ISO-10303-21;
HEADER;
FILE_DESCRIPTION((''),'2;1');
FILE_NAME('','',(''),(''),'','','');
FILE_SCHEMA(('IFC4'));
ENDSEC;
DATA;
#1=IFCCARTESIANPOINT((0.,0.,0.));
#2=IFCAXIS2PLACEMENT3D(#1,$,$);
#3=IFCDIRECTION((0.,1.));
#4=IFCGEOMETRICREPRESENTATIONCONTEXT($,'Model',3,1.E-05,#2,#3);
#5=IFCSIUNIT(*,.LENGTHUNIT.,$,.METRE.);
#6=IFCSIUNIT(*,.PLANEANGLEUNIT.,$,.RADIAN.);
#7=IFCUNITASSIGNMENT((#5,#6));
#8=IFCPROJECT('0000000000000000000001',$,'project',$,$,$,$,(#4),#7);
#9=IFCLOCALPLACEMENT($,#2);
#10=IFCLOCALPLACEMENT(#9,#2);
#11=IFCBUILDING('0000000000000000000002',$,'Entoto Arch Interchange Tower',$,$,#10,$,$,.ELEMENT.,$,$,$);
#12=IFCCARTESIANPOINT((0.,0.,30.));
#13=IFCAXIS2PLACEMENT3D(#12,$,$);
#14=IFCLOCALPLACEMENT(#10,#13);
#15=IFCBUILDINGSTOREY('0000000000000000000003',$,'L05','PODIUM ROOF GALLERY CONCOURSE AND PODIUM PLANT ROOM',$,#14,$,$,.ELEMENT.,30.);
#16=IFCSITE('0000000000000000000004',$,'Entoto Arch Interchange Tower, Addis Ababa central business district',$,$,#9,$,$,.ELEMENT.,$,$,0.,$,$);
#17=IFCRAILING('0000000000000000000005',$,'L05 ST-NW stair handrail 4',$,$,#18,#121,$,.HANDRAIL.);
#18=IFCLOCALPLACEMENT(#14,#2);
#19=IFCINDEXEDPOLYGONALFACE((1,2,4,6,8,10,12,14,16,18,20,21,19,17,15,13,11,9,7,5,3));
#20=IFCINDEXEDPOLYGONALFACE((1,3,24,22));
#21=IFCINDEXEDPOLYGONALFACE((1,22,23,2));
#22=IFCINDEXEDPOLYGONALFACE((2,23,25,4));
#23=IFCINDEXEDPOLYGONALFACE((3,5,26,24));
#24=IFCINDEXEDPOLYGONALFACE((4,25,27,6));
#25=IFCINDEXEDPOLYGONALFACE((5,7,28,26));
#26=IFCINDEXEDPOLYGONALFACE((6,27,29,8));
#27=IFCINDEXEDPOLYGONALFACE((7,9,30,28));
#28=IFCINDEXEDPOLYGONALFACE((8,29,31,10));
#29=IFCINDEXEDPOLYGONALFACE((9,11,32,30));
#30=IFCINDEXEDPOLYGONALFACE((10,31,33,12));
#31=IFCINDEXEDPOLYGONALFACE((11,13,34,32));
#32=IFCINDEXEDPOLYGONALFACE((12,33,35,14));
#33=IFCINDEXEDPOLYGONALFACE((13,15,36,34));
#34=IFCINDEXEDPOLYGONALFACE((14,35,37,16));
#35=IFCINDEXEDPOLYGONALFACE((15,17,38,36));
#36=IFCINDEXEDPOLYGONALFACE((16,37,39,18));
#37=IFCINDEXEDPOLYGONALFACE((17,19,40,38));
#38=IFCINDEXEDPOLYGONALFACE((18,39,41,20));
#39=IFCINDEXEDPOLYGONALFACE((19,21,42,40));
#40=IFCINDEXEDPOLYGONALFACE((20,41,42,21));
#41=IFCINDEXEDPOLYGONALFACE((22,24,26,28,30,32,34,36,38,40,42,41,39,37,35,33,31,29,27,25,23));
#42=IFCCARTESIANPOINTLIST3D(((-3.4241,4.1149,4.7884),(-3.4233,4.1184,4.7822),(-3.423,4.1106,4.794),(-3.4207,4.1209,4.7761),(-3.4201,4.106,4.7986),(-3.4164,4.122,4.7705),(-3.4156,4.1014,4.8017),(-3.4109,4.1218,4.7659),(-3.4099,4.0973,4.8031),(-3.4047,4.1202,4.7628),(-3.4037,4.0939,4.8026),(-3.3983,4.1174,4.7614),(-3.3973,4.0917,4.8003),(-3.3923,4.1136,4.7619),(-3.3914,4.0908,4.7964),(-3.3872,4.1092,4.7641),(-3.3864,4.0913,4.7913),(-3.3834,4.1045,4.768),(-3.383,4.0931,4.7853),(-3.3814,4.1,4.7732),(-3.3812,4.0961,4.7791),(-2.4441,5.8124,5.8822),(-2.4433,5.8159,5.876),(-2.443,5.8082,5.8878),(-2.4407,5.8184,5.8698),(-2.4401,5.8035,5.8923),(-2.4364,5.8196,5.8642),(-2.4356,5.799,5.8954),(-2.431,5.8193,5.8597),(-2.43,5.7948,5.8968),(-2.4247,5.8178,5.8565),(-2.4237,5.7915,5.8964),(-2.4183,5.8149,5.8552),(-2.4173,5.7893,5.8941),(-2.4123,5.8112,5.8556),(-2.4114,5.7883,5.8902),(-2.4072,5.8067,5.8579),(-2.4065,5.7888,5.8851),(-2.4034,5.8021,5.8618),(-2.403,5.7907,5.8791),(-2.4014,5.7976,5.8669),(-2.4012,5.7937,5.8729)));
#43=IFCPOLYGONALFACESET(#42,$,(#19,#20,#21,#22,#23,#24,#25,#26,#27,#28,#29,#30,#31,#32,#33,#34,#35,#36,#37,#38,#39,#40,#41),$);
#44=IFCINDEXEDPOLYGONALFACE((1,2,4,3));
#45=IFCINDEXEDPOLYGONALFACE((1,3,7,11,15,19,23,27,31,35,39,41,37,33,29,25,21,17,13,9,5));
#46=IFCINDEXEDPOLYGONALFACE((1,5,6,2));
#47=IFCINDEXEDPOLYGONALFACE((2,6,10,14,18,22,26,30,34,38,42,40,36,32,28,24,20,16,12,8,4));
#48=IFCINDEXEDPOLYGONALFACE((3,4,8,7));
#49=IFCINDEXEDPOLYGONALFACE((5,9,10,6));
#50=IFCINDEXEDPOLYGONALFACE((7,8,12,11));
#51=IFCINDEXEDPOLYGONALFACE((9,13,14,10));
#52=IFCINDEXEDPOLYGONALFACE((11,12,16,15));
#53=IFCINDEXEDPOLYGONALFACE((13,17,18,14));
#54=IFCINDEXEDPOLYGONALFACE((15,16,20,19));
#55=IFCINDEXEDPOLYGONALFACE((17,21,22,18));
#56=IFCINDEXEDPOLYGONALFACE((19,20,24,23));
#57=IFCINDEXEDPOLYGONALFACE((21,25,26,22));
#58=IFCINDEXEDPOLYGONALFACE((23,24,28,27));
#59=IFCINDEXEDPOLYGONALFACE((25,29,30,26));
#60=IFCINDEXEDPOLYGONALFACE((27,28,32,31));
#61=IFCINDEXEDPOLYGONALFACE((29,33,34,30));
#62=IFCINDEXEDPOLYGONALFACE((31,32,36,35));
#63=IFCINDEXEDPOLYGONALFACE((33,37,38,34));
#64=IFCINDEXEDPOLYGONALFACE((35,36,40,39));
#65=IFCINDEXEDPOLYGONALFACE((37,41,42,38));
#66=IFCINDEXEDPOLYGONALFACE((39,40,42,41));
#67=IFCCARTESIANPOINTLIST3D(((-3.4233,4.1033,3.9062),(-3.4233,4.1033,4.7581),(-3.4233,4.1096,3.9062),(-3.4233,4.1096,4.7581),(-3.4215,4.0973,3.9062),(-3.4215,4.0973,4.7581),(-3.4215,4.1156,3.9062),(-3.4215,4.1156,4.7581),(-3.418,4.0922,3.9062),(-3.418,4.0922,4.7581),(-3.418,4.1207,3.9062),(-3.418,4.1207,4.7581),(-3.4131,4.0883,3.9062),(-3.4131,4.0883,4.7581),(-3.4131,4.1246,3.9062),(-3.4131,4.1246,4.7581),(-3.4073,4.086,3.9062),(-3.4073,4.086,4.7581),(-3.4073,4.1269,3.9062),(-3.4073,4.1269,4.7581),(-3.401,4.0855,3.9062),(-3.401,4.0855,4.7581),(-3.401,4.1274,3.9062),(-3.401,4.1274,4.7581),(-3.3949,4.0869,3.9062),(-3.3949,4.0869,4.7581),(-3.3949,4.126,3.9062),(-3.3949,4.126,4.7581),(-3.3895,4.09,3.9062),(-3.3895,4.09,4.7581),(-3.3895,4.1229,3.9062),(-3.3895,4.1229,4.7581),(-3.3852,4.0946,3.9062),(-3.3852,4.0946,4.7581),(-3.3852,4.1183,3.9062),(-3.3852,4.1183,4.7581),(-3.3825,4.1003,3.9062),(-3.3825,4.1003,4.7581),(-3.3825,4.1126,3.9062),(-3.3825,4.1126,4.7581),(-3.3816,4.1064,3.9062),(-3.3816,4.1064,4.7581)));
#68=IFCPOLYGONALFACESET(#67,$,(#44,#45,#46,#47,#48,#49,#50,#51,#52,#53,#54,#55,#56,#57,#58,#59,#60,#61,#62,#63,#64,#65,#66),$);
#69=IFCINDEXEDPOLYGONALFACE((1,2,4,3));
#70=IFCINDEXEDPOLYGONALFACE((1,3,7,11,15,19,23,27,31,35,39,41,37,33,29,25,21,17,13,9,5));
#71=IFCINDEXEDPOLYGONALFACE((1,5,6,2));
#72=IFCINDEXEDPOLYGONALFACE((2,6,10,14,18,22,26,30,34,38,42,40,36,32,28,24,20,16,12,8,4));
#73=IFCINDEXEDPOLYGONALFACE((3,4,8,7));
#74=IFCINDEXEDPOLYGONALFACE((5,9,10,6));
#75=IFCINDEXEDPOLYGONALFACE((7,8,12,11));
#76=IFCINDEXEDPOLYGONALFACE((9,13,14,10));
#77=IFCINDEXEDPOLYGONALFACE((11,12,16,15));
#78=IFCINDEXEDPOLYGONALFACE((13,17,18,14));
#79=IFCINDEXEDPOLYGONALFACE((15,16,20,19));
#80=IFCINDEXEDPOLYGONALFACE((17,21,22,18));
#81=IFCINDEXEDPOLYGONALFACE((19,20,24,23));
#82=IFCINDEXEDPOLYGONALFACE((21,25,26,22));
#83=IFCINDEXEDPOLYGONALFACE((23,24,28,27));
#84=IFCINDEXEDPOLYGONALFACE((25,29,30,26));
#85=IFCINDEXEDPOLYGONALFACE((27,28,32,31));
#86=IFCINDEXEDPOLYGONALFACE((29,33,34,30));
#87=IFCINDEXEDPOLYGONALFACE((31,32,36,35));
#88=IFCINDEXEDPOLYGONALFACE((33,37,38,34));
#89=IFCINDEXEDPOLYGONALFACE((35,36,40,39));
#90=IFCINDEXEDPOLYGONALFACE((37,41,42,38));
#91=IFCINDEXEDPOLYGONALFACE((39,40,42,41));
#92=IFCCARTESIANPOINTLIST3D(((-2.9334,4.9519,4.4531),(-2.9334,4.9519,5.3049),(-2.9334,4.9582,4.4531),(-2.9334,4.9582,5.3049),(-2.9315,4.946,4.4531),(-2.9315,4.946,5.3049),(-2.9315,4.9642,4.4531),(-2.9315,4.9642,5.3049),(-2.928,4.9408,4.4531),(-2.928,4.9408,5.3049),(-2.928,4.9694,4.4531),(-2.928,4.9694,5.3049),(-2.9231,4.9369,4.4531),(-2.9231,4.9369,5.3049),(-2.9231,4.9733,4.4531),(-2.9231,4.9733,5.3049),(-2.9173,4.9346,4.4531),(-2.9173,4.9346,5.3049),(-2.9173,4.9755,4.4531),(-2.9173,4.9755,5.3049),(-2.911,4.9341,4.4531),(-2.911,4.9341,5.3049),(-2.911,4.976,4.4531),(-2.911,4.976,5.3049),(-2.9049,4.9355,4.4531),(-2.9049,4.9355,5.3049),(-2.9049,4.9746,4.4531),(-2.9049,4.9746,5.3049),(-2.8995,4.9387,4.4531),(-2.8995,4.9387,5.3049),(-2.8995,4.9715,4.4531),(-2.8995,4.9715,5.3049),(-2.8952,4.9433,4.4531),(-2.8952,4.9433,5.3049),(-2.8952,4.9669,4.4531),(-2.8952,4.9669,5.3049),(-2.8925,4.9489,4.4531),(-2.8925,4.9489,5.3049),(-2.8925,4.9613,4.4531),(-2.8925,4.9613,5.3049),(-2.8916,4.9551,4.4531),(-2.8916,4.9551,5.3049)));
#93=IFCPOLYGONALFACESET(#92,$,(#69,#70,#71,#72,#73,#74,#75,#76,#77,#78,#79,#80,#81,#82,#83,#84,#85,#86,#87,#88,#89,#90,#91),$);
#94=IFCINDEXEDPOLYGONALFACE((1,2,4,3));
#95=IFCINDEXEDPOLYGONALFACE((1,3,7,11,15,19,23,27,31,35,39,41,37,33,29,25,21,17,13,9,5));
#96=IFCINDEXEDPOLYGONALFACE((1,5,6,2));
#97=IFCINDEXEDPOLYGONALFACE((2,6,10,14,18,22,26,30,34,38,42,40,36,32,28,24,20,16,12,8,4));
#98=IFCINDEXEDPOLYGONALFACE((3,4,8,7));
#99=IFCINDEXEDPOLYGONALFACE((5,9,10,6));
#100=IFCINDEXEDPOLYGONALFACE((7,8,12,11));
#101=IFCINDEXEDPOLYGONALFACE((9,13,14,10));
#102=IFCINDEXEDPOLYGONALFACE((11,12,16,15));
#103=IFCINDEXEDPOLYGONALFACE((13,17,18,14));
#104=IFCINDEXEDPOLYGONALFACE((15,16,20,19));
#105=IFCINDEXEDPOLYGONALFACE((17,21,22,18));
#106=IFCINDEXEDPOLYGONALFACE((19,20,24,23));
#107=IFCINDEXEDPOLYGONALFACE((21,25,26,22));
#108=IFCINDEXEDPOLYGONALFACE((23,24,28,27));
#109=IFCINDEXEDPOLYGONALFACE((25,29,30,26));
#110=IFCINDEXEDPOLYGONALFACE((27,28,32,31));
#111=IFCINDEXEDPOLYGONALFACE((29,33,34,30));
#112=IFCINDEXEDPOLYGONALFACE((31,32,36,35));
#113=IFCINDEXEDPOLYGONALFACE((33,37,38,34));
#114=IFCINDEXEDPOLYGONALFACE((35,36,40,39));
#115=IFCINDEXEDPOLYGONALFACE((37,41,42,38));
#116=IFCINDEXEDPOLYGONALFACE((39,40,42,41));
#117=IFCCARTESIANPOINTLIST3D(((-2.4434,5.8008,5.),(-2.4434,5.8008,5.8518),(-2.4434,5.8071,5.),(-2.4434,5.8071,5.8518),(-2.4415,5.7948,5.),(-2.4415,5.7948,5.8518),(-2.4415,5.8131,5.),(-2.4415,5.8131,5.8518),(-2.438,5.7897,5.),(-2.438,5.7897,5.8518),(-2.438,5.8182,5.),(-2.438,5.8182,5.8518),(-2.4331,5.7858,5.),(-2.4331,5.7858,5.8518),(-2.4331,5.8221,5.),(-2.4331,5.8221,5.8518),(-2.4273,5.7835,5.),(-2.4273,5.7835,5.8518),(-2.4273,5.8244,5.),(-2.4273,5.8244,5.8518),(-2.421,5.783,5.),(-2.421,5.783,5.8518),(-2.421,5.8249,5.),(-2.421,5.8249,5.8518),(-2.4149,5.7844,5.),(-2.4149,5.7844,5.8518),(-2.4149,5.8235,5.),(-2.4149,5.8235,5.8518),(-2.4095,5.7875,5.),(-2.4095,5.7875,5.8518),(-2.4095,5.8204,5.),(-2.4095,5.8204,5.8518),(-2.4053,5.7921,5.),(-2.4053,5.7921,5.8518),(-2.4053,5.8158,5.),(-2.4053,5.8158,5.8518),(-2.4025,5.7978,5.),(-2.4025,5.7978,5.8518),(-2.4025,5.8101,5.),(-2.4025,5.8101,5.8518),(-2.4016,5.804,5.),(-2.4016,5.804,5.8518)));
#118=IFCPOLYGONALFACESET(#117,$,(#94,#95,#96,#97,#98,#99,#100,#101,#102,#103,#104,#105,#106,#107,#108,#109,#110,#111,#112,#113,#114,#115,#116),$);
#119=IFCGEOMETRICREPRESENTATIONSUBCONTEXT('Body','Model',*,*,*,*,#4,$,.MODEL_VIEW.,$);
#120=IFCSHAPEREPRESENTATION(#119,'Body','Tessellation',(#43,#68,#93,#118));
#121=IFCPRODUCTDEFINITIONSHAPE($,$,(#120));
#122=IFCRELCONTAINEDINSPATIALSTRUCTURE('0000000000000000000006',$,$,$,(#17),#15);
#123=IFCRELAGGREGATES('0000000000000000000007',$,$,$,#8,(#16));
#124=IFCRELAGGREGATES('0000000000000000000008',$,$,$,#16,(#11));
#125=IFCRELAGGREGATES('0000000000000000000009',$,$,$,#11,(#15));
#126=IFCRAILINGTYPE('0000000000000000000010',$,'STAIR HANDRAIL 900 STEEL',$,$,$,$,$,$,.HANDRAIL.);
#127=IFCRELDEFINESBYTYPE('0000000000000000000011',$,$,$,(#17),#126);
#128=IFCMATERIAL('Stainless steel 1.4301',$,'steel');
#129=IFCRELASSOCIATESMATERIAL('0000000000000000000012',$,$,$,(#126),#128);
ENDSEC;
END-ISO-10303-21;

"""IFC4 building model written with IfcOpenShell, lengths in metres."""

from ifc_helpers import new_model, si_unit, direction, frame, origin, origin_2d, place, context, subcontext, project, spatial, circle, extrude, material, type_object, element, save


model = new_model("IFC4")

# Units and contexts
model_context = context("Model", 3, precision=1e-05, world=origin(), true_north=direction((0.0, 1.0)))
body_context = subcontext(model_context, "Body", "Model", "MODEL_VIEW")
ifc_project = project(units=[si_unit("LENGTHUNIT", "METRE"), si_unit("PLANEANGLEUNIT", "RADIAN")], contexts=[model_context])

# Site, building, storey
site_placement = place(None, origin())
site = spatial("IfcSite", under=ifc_project, at=site_placement, Name="Entoto Arch Interchange Tower, Addis Ababa central business district", CompositionType="ELEMENT", RefElevation=0.0)
building_placement = place(site_placement, origin())
building = spatial("IfcBuilding", under=site, at=building_placement, Name="Entoto Arch Interchange Tower", CompositionType="ELEMENT")
storey_placement = place(building_placement, frame((0.0, 0.0, 30.0)))
storey = spatial("IfcBuildingStorey", under=building, at=storey_placement, Name="L05", Description="PODIUM ROOF GALLERY CONCOURSE AND PODIUM PLANT ROOM", CompositionType="ELEMENT", Elevation=30.0)

# Railing
ifc_material_1 = material(Name="Stainless steel 1.4301", Category="steel")
railing_type_1 = type_object("IfcRailingType", Name="STAIR HANDRAIL 900 STEEL", PredefinedType="HANDRAIL", material=ifc_material_1)
for number, where, name in (
    (1, (-3.4026, 4.1064, 3.9062), "L05 ST-NW stair handrail 4"),
):
    element("IfcRailing", number, at=place(storey_placement, frame(where)), inside=storey, type_object=railing_type_1, Name=name, PredefinedType="HANDRAIL", context=body_context, shape_type="SweptSolid", body=[
        extrude(circle(Radius=0.0239, at=origin_2d()), frame((0.0, 0.0, 0.876), z_axis=(0.436596, 0.756267, 0.487282), x_axis=(-0.866042, 0.49997, 0.0)), (0.0, 0.0, 1.0), 2.2446),
        extrude(circle(Radius=0.021, at=origin_2d()), origin(), (0.0, 0.0, 1.0), 0.8518),
        extrude(circle(Radius=0.021, at=origin_2d()), frame((0.49, 0.8486, 0.5469)), (0.0, 0.0, 1.0), 0.8518),
        extrude(circle(Radius=0.021, at=origin_2d()), frame((0.98, 1.6975, 1.0938)), (0.0, 0.0, 1.0), 0.8518),
    ])

save(model, "model.ifc")
